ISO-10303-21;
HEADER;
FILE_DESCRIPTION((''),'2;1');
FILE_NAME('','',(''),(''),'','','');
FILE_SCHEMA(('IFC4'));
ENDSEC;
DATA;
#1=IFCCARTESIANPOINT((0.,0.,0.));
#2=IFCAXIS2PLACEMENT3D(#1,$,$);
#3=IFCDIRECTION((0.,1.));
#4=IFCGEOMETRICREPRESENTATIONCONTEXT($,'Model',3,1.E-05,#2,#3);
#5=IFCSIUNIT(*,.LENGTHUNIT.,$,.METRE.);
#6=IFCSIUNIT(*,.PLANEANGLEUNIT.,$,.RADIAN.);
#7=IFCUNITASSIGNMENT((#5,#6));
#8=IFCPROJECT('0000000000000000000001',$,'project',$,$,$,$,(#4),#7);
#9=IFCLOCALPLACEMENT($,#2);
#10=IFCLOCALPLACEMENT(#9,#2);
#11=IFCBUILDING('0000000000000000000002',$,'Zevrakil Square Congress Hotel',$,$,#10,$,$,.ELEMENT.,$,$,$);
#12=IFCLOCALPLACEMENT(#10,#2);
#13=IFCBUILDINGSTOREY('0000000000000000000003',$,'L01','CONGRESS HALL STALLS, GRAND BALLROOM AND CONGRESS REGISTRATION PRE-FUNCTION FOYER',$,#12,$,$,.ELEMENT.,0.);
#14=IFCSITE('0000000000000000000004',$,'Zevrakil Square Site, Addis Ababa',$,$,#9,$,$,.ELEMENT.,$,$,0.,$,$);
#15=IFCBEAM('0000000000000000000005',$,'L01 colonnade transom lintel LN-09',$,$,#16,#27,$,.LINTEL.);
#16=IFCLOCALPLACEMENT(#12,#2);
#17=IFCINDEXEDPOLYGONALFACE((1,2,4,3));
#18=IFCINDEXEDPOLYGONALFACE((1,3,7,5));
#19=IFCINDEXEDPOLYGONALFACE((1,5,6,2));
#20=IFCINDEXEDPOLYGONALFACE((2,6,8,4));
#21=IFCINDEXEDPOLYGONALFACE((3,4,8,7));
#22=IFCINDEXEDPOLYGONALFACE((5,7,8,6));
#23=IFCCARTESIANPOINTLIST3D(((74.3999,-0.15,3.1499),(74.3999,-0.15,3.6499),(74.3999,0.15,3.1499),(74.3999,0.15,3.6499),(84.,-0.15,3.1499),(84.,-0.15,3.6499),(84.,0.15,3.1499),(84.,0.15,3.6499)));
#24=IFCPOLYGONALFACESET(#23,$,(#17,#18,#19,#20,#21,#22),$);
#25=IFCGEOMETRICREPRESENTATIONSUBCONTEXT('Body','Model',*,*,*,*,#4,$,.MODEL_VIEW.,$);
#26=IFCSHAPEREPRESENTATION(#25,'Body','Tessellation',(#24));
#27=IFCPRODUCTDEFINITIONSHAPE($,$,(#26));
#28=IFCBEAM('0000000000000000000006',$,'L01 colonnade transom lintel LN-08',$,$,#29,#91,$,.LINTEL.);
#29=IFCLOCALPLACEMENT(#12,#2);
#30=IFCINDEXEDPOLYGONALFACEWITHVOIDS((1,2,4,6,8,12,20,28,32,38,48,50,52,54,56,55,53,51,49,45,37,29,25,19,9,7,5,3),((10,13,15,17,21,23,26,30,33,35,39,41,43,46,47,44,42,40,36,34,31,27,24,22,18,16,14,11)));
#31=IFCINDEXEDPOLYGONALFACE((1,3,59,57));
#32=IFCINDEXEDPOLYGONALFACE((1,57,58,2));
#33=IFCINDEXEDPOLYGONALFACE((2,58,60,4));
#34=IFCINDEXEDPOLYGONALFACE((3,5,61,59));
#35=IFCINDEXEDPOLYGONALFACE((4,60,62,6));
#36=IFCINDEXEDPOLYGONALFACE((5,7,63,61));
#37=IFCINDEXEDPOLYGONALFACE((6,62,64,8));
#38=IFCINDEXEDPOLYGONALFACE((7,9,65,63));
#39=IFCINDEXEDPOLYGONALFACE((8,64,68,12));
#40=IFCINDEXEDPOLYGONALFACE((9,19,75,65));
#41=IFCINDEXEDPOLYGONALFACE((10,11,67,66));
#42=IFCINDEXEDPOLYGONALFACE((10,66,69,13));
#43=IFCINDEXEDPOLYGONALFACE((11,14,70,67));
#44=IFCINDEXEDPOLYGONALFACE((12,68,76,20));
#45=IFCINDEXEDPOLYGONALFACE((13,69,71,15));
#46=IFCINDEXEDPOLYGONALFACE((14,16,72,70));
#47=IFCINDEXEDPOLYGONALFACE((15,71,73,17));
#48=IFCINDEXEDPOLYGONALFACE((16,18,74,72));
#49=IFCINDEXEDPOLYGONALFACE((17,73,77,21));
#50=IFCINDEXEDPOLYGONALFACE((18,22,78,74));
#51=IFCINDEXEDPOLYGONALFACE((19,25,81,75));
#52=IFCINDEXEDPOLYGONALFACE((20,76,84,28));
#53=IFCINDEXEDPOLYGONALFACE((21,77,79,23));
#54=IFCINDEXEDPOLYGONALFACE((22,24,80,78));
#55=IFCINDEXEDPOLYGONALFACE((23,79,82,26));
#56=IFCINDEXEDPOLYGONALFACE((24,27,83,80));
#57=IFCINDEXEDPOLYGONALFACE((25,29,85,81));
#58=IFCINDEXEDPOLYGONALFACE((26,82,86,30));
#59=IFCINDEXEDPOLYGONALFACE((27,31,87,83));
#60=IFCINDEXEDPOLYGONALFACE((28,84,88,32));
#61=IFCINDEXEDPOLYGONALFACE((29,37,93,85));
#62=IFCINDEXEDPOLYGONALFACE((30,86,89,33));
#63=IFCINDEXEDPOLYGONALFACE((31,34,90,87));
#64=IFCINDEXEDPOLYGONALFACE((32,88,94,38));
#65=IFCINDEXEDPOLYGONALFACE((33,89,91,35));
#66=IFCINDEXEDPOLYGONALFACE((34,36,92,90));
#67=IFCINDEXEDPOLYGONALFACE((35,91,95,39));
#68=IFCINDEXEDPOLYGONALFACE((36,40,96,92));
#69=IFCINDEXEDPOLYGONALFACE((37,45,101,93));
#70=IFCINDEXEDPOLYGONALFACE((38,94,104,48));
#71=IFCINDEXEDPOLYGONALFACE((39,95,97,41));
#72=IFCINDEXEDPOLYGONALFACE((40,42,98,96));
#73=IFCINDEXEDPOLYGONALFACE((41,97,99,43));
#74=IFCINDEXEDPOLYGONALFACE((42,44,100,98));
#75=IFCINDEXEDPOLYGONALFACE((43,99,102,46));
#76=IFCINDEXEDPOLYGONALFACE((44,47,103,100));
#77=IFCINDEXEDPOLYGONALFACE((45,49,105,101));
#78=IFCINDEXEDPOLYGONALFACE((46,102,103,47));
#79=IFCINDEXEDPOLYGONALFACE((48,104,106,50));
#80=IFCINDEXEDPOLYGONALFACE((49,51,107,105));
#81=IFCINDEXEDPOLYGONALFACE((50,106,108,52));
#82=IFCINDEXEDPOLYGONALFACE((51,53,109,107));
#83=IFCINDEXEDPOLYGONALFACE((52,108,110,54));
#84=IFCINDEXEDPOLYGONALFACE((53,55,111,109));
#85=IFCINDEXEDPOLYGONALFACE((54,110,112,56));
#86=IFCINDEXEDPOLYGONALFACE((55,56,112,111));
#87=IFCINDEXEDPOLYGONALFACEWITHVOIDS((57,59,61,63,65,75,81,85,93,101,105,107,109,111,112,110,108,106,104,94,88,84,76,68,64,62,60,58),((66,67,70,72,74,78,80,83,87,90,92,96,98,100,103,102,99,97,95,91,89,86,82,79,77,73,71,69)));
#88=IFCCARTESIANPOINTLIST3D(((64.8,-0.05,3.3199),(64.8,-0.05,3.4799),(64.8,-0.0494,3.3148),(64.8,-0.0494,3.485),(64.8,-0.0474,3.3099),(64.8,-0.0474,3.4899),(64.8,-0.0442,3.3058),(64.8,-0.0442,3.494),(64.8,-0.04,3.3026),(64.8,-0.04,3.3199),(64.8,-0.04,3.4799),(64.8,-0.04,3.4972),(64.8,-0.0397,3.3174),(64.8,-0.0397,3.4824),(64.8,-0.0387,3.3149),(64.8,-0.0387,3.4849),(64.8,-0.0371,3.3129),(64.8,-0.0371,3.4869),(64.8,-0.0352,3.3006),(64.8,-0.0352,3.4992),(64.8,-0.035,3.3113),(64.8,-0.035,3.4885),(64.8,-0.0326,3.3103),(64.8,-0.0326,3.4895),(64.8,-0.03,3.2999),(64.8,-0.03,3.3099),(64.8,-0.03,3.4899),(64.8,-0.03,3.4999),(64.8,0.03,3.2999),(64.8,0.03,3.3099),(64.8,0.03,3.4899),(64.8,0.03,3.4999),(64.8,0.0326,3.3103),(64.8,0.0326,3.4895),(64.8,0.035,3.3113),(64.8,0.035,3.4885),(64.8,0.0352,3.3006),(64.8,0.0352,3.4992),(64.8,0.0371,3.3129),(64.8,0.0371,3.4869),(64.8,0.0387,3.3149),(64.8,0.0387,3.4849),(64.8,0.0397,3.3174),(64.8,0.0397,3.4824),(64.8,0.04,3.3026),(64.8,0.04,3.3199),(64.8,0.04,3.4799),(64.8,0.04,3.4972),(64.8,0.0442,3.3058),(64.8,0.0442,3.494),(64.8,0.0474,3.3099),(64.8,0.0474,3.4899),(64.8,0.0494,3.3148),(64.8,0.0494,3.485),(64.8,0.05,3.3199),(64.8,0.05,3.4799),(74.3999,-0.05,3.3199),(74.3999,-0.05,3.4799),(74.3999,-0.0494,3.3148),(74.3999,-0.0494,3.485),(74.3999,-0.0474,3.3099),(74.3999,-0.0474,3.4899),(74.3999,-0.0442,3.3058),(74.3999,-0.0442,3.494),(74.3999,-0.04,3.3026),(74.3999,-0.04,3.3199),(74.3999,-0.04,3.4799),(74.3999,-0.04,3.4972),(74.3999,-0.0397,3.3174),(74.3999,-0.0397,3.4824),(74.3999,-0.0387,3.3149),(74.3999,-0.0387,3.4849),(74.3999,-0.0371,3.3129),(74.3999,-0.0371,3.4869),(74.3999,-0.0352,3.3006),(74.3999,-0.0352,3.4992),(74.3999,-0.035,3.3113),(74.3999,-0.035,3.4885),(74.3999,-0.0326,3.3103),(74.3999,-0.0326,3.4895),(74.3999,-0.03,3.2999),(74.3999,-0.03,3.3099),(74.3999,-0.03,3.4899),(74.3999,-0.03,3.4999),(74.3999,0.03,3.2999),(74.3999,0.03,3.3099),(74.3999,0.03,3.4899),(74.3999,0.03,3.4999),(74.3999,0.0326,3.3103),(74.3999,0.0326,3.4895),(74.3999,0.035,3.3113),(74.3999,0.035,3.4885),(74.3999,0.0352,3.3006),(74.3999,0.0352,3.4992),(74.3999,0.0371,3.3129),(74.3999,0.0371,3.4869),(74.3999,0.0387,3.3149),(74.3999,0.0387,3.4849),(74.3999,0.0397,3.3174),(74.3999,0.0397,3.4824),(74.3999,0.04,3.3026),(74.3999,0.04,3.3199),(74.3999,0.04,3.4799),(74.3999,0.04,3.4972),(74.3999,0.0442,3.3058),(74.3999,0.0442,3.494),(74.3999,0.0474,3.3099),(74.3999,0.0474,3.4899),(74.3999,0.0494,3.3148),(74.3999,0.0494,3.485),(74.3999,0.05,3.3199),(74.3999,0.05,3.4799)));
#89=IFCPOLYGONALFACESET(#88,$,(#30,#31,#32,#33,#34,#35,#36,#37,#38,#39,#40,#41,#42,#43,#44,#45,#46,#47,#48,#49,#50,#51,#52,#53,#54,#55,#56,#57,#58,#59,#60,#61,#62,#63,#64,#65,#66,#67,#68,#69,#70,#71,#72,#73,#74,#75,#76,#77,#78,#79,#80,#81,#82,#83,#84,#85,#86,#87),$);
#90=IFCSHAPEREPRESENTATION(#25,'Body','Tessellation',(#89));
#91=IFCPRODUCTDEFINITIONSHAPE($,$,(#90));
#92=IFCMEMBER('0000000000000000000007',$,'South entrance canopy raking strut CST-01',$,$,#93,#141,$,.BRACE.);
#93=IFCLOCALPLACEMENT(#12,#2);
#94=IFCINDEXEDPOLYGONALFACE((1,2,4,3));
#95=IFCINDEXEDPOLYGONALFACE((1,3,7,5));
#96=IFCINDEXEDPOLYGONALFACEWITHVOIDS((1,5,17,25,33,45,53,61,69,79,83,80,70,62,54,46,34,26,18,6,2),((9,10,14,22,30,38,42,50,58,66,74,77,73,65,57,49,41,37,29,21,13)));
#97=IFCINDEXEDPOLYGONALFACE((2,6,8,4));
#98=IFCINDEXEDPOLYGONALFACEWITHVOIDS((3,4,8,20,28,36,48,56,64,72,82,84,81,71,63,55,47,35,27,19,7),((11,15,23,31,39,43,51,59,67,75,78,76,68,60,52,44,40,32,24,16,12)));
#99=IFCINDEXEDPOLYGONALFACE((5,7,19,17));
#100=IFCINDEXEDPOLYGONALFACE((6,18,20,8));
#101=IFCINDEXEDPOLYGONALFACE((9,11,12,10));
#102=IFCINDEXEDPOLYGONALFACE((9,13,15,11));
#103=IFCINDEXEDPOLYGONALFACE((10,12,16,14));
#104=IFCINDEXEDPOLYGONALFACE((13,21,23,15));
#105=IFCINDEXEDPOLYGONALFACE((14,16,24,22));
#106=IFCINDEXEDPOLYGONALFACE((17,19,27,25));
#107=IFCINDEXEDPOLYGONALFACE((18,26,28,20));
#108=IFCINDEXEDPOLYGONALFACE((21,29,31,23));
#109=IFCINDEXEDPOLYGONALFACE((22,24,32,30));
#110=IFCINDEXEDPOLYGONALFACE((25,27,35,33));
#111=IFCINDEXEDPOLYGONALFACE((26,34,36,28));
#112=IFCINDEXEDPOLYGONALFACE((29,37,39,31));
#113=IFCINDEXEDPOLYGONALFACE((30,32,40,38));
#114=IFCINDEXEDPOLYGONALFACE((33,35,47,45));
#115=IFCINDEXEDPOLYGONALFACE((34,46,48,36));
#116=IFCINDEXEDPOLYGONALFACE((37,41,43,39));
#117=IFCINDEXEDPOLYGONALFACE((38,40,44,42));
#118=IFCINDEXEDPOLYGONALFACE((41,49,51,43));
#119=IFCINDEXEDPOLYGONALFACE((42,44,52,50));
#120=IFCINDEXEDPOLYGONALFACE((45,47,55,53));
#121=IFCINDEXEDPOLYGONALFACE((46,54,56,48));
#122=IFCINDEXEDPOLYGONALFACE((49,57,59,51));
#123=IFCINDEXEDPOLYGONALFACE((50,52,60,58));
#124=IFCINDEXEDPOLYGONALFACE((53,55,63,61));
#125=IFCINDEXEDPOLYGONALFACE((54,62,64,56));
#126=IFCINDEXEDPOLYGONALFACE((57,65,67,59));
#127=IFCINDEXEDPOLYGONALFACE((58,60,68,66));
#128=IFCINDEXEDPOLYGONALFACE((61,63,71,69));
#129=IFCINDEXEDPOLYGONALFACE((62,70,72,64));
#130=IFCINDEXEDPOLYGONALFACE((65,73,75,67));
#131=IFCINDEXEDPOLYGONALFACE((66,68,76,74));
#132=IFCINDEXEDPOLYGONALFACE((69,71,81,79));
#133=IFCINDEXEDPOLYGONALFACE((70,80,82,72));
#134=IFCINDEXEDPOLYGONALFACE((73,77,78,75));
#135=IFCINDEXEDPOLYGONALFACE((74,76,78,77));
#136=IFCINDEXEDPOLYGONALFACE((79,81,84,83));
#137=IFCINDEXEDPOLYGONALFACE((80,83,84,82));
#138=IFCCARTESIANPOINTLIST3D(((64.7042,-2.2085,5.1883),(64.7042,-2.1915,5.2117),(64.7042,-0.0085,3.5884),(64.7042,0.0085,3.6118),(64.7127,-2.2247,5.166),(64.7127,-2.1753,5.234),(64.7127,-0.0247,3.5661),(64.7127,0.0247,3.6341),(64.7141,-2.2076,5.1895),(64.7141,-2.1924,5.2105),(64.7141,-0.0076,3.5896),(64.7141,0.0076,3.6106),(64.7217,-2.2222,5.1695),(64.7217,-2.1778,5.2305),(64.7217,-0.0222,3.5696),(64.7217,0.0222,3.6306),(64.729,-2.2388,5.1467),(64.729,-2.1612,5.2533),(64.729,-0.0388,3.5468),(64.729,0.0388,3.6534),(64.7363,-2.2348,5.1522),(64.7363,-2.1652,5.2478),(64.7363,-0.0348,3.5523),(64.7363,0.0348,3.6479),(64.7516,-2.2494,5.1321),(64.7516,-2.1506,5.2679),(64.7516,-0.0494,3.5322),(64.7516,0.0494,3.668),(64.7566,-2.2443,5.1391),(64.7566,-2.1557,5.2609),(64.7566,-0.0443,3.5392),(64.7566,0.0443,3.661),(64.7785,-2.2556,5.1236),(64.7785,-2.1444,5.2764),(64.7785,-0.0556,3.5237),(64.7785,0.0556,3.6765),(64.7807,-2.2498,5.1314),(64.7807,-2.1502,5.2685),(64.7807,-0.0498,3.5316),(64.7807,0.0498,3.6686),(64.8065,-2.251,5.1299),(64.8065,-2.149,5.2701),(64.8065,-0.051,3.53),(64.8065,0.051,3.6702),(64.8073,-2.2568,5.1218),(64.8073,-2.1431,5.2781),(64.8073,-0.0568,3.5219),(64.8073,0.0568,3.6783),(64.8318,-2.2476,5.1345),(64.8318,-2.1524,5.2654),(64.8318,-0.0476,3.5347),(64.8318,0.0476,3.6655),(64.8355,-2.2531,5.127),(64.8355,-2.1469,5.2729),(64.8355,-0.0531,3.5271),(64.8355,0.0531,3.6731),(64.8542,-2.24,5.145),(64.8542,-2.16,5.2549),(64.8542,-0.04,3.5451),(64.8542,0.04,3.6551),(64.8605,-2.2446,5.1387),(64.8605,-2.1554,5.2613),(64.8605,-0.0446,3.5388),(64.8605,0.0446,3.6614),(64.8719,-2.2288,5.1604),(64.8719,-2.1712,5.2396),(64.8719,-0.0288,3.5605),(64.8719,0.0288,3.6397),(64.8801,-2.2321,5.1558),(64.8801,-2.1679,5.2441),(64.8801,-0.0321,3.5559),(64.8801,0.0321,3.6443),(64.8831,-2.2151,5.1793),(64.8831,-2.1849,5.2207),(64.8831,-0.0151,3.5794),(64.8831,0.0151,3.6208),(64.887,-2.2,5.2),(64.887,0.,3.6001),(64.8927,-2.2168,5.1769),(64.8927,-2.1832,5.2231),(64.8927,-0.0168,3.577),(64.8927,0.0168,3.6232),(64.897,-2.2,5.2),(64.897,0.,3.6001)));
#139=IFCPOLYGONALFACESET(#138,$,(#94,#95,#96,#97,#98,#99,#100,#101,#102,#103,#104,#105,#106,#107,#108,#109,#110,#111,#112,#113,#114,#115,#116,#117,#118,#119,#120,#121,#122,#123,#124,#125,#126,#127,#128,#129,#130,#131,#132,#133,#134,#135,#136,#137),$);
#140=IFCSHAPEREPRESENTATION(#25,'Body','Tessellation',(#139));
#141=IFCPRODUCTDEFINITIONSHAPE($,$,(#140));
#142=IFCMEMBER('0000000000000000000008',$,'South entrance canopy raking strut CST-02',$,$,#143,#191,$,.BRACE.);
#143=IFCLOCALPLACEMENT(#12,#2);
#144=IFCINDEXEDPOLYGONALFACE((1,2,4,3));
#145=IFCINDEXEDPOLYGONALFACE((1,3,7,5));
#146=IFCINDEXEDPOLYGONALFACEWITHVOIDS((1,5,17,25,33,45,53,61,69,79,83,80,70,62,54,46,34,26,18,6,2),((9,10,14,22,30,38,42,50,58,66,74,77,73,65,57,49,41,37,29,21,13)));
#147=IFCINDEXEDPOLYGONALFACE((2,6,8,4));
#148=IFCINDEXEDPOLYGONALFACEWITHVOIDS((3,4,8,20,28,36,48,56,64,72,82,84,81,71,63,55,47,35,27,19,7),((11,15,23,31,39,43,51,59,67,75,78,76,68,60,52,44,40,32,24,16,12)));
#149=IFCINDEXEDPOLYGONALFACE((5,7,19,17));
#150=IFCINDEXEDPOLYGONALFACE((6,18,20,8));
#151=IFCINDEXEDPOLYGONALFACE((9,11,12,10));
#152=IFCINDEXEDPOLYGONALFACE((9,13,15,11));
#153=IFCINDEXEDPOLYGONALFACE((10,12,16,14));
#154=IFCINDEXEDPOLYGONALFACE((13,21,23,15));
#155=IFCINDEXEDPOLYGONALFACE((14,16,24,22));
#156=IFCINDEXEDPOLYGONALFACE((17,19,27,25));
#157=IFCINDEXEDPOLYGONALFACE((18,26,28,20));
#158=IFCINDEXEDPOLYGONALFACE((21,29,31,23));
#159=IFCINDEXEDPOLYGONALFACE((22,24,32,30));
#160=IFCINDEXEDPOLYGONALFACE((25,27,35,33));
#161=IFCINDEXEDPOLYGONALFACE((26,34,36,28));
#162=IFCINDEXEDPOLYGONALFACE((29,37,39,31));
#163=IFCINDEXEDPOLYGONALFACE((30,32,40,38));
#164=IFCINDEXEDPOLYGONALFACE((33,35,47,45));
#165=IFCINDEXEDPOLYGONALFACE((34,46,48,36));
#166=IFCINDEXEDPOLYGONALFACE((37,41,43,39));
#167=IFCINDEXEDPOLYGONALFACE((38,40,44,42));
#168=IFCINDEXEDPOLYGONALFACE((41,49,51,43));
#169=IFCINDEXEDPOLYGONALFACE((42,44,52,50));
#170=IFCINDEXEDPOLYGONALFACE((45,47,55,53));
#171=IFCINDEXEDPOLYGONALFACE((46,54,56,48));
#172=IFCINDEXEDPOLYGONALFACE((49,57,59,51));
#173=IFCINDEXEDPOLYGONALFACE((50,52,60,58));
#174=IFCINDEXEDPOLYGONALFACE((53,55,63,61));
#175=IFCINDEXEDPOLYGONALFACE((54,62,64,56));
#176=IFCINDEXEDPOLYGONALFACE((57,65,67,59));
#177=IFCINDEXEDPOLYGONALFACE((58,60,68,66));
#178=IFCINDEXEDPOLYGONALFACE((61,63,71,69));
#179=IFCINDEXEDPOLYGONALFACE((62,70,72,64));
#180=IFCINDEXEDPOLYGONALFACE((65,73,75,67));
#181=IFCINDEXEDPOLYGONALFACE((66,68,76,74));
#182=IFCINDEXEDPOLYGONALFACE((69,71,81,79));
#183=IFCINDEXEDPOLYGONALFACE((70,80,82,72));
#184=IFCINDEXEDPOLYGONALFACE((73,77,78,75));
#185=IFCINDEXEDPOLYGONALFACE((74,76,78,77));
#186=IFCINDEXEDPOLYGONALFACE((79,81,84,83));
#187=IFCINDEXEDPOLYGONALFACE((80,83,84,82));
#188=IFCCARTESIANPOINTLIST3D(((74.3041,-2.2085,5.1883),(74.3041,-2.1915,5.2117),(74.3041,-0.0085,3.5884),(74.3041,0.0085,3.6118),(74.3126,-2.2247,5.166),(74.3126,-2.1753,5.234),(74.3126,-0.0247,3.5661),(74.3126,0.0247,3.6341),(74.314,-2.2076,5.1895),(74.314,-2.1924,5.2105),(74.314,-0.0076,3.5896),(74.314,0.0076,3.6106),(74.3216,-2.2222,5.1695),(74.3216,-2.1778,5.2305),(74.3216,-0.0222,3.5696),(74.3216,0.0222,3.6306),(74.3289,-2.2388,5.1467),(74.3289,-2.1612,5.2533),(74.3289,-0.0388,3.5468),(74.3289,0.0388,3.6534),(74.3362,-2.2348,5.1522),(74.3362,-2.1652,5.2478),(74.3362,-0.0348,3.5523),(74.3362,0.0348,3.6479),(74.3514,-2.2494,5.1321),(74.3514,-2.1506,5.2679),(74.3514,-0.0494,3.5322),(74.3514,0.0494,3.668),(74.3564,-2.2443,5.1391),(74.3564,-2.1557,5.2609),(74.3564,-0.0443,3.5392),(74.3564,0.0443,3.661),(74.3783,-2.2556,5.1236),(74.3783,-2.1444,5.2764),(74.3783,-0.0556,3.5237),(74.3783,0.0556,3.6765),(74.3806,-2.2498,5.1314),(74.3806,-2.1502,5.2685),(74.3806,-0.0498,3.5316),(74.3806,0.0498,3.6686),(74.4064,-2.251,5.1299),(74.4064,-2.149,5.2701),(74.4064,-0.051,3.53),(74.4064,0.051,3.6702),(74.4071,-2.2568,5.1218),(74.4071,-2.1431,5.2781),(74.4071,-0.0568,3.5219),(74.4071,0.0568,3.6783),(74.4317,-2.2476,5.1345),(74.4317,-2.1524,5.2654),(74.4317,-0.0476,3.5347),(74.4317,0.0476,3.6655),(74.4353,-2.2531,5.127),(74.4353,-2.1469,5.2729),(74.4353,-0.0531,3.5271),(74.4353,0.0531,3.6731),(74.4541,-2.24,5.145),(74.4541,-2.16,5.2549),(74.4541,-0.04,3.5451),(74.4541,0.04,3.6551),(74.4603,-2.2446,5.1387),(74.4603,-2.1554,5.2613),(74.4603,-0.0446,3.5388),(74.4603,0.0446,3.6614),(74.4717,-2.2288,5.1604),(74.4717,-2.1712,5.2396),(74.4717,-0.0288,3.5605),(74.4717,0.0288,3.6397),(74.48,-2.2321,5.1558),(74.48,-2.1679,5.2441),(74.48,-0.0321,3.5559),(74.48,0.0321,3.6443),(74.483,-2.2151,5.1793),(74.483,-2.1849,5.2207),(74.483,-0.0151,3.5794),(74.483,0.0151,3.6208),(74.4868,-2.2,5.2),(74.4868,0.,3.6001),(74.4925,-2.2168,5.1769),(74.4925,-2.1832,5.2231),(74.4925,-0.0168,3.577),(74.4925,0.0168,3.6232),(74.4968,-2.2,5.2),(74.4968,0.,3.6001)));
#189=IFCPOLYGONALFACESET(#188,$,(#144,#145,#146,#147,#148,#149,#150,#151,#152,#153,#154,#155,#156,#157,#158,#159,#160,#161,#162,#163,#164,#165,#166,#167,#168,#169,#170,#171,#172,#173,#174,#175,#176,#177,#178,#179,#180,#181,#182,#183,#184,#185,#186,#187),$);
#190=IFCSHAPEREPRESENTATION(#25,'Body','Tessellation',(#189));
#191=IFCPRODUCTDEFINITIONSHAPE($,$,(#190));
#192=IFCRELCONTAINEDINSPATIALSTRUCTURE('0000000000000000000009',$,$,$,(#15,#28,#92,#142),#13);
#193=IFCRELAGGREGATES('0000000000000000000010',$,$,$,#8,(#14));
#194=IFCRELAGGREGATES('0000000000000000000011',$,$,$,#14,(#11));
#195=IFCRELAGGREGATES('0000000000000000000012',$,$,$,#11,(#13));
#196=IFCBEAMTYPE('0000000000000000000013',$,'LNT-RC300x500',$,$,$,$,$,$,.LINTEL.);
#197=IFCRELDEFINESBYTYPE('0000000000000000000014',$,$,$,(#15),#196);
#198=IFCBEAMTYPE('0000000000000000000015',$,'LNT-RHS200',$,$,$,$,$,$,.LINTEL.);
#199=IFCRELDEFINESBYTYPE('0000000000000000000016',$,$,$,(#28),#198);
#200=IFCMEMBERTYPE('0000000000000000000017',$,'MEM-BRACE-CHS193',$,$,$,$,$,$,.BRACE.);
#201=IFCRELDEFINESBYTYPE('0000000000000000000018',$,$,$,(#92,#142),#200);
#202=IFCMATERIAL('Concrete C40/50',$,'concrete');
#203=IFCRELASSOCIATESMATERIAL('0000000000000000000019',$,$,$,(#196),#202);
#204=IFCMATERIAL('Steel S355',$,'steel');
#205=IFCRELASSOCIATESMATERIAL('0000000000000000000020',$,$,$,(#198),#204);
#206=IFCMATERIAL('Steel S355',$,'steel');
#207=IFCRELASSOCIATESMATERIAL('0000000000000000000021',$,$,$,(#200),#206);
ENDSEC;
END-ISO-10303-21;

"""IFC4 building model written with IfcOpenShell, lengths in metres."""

from ifc_helpers import new_model, si_unit, direction, frame, origin, origin_2d, place, context, subcontext, project, spatial, rectangle, hollow_rectangle, hollow_circle, extrude, material, material_profile, profile_set, type_object, element, save


model = new_model("IFC4")

# Units and contexts
model_context = context("Model", 3, precision=1e-05, world=origin(), true_north=direction((0.0, 1.0)))
body_context = subcontext(model_context, "Body", "Model", "MODEL_VIEW")
ifc_project = project(units=[si_unit("LENGTHUNIT", "METRE"), si_unit("PLANEANGLEUNIT", "RADIAN")], contexts=[model_context])

# Site, building, storey
site_placement = place(None, origin())
site = spatial("IfcSite", under=ifc_project, at=site_placement, Name="Zevrakil Square Site, Addis Ababa", CompositionType="ELEMENT", RefElevation=0.0)
building_placement = place(site_placement, origin())
building = spatial("IfcBuilding", under=site, at=building_placement, Name="Zevrakil Square Congress Hotel", CompositionType="ELEMENT")
storey_placement = place(building_placement, origin())
storey = spatial("IfcBuildingStorey", under=building, at=storey_placement, Name="L01", Description="CONGRESS HALL STALLS, GRAND BALLROOM AND CONGRESS REGISTRATION PRE-FUNCTION FOYER", CompositionType="ELEMENT", Elevation=0.0)

# Beams
ifc_material_1 = material(Name="Concrete C40/50", Category="concrete")
ifc_material_profile_1 = material_profile(ifc_material_1, rectangle(XDim=0.3, YDim=0.5, at=origin_2d()), Name="RC 300x500")
ifc_profile_set_1 = profile_set([ifc_material_profile_1], Name="Concrete C40/50")
beam_type_1 = type_object("IfcBeamType", Name="LNT-RC300x500", PredefinedType="LINTEL", material=ifc_profile_set_1)
beam_1_placement = place(storey_placement, frame((74.3999, 0.0, 3.3999), z_axis=(1.0, 0.0, 0.0), x_axis=(0.0, 1.0, 0.0)))
element("IfcBeam", 1, at=beam_1_placement, inside=storey, type_object=beam_type_1, Name="L01 colonnade transom lintel LN-09", PredefinedType="LINTEL", context=body_context, shape_type="SweptSolid", body=[
    extrude(rectangle(XDim=0.3, YDim=0.5, at=origin_2d()), origin(), (0.0, 0.0, 1.0), 9.6001),
])
ifc_material_2 = material(Name="Steel S355", Category="steel")
ifc_material_profile_2 = material_profile(ifc_material_2, hollow_rectangle(XDim=0.1001, YDim=0.2, WallThickness=0.01, InnerFilletRadius=0.01, OuterFilletRadius=0.02, at=origin_2d()), Name="RHS 200x100x10")
ifc_profile_set_2 = profile_set([ifc_material_profile_2], Name="Steel S355")
beam_type_2 = type_object("IfcBeamType", Name="LNT-RHS200", PredefinedType="LINTEL", material=ifc_profile_set_2)
beam_2_placement = place(storey_placement, frame((64.8, 0.0, 3.3999), z_axis=(1.0, 0.0, 0.0), x_axis=(0.0, 1.0, 0.0)))
element("IfcBeam", 2, at=beam_2_placement, inside=storey, type_object=beam_type_2, Name="L01 colonnade transom lintel LN-08", PredefinedType="LINTEL", context=body_context, shape_type="SweptSolid", body=[
    extrude(hollow_rectangle(XDim=0.1001, YDim=0.2, WallThickness=0.01, InnerFilletRadius=0.01, OuterFilletRadius=0.02, at=origin_2d()), origin(), (0.0, 0.0, 1.0), 9.5999),
])

# Members
ifc_material_3 = material(Name="Steel S355", Category="steel")
ifc_material_profile_3 = material_profile(ifc_material_3, hollow_circle(Radius=0.0969, WallThickness=0.01, at=origin_2d()), Name="CHS 193.7x10")
ifc_profile_set_3 = profile_set([ifc_material_profile_3], Name="Steel S355")
member_type_1 = type_object("IfcMemberType", Name="MEM-BRACE-CHS193", PredefinedType="BRACE", material=ifc_profile_set_3)
for number, where, z_axis, x_axis, name in (
    (3, (64.8, 0.0, 3.6001), (0.0, -0.808755, 0.588145), (1.0, 0.0, 0.0), "South entrance canopy raking strut CST-01"),
    (4, (74.3999, 0.0, 3.6001), (0.0, -0.808755, 0.588145), (1.0, 0.0, 0.0), "South entrance canopy raking strut CST-02"),
):
    element("IfcMember", number, at=place(storey_placement, frame(where, z_axis=z_axis, x_axis=x_axis)), inside=storey, type_object=member_type_1, Name=name, PredefinedType="BRACE", context=body_context, shape_type="SweptSolid", body=[
        extrude(hollow_circle(Radius=0.0969, WallThickness=0.01, at=origin_2d()), origin(), (0.0, 0.0, 1.0), 2.7202),
    ])

save(model, "model.ifc")
